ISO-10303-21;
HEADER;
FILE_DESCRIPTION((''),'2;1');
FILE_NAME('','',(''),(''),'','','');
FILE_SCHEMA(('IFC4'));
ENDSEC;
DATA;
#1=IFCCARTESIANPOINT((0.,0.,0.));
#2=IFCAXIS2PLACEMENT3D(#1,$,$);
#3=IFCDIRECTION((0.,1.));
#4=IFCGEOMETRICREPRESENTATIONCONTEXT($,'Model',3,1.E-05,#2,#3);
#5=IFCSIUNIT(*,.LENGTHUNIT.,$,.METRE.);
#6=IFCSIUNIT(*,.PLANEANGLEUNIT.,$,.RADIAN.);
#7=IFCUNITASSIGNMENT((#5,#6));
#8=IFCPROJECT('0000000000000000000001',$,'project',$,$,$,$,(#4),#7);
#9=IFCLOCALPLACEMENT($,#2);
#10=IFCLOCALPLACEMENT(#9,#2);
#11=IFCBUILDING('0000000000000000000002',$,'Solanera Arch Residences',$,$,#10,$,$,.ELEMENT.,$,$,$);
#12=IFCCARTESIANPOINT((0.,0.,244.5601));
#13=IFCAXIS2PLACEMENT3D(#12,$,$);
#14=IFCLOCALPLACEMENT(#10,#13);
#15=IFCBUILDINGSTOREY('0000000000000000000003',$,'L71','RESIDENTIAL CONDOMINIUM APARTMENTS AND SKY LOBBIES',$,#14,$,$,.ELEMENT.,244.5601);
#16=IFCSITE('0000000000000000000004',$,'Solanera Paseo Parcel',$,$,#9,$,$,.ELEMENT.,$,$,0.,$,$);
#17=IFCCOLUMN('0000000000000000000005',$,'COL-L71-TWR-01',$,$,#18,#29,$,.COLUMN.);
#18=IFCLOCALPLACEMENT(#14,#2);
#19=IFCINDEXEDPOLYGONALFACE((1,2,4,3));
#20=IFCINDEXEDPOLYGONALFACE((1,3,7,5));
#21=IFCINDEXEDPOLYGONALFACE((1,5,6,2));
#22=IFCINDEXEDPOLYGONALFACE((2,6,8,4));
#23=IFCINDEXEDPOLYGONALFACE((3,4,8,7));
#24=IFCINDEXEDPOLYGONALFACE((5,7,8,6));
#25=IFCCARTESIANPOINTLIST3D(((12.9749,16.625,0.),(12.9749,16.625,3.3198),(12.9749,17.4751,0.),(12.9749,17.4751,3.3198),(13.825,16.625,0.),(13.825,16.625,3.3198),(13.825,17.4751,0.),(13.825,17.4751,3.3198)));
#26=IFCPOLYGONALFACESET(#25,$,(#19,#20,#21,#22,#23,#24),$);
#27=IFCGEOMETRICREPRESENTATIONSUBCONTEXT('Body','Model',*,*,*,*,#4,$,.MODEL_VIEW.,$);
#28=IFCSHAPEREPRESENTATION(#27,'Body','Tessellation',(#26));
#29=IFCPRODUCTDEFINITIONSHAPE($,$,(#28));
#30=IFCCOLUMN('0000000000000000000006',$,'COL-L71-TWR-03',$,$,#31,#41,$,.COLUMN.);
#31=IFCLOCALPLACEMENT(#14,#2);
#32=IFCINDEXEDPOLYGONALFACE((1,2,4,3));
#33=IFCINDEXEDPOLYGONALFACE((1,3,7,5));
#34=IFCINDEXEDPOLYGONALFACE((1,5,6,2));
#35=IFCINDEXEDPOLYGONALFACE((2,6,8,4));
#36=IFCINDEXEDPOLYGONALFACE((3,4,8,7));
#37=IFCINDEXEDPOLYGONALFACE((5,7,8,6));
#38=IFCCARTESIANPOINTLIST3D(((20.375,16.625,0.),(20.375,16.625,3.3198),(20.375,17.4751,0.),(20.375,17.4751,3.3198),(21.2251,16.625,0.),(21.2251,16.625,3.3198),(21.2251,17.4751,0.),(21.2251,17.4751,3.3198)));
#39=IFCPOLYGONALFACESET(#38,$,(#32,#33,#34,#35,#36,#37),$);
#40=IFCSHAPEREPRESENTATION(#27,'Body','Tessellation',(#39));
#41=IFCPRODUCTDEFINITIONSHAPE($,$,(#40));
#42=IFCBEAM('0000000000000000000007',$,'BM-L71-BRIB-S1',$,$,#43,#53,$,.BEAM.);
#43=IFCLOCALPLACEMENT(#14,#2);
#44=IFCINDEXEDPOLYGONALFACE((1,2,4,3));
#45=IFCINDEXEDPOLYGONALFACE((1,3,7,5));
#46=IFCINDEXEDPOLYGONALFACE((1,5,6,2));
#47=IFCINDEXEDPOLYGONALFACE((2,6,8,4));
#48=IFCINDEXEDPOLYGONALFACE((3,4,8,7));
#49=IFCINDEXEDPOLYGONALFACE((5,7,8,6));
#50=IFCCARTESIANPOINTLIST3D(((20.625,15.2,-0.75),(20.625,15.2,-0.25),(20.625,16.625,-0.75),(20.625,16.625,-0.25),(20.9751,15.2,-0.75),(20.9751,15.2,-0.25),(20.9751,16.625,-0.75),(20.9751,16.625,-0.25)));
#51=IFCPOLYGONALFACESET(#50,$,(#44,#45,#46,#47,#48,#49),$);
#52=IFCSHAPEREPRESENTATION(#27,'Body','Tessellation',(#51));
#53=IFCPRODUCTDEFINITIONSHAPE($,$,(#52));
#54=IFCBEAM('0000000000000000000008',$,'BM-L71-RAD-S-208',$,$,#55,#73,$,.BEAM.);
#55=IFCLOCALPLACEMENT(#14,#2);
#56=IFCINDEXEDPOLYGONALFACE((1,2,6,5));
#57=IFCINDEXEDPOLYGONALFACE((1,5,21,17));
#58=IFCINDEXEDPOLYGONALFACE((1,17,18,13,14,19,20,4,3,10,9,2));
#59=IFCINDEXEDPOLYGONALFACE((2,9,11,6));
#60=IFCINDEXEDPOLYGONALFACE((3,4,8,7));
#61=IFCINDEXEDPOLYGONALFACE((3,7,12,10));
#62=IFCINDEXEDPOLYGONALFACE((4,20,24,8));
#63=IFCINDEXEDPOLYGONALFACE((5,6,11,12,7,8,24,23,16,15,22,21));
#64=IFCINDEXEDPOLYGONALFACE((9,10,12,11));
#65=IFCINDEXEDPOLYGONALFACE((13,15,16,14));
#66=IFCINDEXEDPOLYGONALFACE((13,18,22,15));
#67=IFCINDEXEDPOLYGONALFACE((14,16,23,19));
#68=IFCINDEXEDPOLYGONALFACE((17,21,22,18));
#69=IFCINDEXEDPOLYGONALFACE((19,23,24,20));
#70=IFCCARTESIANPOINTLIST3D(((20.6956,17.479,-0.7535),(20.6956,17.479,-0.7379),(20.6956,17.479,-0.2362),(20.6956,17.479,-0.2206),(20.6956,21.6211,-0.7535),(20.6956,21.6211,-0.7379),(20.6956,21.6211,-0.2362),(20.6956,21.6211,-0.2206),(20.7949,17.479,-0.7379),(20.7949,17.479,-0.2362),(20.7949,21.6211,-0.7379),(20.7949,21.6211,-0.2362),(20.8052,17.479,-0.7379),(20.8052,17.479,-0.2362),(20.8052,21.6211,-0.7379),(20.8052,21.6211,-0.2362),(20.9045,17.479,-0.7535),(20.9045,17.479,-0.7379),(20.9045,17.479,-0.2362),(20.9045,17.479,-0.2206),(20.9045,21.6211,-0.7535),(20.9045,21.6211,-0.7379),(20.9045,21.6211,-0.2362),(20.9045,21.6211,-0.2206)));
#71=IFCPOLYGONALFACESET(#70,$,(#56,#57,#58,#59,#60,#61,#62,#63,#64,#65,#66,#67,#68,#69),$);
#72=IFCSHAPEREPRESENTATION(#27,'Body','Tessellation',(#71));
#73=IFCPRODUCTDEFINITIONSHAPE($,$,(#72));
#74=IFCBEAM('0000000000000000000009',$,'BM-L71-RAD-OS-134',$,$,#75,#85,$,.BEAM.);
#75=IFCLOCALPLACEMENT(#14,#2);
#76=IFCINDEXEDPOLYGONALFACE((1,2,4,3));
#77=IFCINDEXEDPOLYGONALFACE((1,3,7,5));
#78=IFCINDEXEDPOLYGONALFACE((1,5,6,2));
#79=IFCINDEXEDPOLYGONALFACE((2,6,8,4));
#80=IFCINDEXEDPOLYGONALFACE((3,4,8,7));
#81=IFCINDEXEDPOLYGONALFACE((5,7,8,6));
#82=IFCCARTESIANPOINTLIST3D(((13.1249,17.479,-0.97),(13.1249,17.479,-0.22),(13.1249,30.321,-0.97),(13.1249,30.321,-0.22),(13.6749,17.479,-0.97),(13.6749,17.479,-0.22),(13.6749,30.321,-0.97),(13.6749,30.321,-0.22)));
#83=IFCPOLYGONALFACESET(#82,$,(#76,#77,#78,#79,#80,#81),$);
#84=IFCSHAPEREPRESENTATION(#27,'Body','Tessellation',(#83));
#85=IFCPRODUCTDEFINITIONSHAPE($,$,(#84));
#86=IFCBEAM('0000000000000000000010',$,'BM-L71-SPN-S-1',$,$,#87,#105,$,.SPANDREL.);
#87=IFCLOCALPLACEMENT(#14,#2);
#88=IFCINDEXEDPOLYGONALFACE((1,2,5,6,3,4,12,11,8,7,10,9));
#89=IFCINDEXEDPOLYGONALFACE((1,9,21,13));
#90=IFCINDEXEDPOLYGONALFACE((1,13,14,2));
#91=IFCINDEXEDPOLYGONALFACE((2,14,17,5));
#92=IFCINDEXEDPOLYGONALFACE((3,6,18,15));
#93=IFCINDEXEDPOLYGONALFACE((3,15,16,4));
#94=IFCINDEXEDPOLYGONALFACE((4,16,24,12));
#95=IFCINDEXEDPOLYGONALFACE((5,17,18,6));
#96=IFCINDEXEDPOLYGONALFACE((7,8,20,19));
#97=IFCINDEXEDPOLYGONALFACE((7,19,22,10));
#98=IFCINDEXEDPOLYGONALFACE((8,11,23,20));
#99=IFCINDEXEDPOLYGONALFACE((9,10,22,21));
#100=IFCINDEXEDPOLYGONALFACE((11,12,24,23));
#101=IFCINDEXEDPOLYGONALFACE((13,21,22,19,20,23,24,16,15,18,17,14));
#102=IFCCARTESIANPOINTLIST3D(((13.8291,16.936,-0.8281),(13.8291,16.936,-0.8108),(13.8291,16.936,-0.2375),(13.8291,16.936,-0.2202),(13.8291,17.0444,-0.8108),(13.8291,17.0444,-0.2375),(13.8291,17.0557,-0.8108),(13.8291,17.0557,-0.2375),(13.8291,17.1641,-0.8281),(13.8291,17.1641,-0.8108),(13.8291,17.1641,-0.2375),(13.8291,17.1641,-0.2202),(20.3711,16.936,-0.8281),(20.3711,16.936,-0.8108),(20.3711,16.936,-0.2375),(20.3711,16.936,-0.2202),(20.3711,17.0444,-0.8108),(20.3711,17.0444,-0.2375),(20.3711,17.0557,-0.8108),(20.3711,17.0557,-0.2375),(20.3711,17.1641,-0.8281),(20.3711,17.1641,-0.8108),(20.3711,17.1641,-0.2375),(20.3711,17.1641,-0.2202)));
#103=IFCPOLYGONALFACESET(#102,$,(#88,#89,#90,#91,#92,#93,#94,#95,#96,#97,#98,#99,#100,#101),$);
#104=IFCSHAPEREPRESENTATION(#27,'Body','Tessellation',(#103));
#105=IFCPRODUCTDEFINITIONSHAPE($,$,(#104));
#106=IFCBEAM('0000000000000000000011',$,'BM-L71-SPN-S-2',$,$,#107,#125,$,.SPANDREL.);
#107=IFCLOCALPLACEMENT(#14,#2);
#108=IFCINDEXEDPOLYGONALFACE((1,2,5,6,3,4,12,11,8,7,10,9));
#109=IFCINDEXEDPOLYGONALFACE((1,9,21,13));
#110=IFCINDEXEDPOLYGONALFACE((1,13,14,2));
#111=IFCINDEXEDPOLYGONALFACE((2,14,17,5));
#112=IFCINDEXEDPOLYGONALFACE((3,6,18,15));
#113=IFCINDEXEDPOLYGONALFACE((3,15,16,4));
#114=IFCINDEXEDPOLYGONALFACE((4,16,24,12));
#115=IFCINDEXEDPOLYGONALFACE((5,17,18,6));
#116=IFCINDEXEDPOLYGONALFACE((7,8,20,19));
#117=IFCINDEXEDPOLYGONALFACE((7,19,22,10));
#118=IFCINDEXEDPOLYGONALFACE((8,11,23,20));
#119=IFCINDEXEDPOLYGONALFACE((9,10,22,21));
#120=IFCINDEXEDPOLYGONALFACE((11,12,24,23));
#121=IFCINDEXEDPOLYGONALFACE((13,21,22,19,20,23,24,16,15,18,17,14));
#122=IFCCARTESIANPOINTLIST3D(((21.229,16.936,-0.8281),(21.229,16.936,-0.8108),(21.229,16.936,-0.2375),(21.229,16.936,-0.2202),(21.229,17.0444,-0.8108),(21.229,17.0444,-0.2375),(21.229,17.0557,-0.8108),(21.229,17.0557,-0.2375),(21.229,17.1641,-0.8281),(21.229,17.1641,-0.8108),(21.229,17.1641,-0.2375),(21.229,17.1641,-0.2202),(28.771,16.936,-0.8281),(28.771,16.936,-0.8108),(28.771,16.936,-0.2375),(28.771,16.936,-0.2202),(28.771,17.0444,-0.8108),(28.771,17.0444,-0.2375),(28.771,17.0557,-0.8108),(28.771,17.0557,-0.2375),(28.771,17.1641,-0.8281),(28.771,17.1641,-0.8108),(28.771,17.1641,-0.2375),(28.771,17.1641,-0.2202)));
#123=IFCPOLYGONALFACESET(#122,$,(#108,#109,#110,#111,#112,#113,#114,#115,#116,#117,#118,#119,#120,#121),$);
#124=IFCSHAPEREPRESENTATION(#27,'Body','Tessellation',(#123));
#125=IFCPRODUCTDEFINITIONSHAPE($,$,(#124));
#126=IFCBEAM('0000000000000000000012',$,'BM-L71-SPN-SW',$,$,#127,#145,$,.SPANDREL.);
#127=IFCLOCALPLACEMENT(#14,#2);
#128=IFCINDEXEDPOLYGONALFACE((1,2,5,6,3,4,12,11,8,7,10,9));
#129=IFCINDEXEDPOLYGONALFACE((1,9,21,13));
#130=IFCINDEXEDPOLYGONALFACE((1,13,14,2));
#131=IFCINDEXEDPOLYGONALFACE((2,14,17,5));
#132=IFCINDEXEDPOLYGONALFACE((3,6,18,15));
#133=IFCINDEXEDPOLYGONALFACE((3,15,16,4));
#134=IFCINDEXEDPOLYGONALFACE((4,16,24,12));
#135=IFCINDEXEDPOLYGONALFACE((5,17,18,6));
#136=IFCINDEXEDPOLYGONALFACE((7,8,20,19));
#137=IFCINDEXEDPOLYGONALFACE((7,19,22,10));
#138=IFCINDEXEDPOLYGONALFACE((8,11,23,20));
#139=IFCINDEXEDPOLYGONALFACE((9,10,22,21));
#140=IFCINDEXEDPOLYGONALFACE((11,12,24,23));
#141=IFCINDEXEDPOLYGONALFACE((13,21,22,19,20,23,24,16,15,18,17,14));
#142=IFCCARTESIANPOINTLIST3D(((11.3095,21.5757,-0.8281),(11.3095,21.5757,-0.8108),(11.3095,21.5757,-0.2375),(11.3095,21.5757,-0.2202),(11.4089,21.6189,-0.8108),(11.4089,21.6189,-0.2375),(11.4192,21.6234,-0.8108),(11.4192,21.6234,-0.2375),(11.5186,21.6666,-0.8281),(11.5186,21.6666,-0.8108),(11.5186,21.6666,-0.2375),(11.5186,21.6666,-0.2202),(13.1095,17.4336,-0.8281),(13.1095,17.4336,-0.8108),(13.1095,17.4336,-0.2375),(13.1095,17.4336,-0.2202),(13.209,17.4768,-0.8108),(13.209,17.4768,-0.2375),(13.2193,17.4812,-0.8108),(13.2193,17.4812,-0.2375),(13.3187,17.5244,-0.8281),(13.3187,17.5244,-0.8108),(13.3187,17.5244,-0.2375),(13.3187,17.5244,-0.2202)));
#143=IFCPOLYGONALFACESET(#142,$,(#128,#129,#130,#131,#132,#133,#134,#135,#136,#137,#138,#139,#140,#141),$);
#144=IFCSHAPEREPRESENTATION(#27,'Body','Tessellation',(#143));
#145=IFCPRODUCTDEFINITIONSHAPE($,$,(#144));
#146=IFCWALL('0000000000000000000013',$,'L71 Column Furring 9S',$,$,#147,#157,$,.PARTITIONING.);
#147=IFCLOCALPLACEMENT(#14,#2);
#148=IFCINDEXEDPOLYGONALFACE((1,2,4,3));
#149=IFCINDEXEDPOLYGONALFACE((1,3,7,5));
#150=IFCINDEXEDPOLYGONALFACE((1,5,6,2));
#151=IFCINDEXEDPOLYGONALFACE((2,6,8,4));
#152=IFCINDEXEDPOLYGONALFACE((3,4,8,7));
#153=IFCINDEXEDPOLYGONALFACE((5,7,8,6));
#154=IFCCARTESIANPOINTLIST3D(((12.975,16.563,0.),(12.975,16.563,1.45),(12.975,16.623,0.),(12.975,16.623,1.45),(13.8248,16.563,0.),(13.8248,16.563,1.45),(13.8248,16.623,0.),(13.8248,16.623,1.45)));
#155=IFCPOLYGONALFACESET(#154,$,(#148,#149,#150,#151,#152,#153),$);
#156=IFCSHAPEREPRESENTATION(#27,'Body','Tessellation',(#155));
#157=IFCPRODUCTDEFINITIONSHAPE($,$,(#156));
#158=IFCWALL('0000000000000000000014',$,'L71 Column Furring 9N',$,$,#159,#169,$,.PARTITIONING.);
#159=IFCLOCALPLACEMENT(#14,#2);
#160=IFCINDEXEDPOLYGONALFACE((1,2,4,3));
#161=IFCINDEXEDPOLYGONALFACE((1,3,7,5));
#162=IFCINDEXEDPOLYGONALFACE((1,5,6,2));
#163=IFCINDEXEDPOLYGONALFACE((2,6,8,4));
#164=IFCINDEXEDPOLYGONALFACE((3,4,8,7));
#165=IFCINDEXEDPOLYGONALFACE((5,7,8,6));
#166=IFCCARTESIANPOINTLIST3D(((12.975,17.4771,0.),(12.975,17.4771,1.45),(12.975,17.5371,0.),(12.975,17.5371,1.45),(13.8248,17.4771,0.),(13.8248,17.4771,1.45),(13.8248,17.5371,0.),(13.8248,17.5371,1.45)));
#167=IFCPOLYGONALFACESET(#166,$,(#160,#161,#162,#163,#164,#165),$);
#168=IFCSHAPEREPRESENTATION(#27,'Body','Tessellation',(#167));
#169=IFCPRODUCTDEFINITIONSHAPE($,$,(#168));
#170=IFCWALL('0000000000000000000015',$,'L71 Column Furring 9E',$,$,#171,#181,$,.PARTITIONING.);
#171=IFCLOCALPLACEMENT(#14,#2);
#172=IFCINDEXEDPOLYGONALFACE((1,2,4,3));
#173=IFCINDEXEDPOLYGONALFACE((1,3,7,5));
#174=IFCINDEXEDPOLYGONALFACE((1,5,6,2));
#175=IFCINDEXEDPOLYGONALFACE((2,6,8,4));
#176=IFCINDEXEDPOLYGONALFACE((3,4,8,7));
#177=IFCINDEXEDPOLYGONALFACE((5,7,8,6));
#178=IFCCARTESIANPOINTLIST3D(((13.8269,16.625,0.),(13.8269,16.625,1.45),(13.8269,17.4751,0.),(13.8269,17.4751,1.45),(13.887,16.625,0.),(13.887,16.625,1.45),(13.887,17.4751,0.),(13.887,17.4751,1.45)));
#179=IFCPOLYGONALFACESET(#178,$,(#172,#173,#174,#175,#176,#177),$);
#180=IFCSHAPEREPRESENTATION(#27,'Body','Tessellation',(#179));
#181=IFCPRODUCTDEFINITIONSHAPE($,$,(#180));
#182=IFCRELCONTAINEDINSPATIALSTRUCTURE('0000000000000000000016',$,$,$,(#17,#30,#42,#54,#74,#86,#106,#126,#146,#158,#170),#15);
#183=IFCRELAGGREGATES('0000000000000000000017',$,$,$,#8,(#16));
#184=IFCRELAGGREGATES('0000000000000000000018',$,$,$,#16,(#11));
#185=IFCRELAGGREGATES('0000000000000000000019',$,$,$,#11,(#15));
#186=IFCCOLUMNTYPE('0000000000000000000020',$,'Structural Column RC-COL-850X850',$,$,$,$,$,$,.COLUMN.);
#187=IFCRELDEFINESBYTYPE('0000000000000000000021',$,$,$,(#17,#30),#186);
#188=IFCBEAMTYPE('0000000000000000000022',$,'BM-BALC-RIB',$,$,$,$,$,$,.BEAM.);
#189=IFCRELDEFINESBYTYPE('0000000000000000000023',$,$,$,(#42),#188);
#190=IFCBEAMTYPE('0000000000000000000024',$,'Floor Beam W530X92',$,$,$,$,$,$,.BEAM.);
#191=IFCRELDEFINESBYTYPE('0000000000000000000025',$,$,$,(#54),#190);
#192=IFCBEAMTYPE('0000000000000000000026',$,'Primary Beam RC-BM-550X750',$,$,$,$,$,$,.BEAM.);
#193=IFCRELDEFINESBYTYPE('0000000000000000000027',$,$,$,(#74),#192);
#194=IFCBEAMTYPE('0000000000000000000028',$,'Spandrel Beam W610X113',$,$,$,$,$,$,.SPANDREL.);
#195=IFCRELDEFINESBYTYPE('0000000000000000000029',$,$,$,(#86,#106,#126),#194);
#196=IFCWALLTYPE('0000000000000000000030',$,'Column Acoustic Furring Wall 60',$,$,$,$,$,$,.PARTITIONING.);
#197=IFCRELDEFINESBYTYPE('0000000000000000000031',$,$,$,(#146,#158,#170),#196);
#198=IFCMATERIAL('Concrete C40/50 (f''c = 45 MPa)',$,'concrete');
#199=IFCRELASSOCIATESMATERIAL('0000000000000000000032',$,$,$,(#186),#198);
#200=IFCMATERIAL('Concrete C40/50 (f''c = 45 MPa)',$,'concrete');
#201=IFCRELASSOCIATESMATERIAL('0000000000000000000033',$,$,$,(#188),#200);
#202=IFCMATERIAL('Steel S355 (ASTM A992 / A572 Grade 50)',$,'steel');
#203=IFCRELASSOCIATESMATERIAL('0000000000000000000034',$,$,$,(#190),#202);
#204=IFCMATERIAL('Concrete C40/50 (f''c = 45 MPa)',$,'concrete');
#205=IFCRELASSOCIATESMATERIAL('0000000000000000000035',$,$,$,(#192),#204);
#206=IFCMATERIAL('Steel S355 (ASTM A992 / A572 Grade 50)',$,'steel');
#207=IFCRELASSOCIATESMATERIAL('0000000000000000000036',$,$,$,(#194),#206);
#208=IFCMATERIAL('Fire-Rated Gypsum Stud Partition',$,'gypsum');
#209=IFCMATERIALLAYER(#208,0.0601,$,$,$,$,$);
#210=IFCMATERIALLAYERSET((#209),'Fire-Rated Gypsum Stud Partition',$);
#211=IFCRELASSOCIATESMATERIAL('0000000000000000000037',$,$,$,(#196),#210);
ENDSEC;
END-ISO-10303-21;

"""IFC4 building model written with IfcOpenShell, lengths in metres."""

from ifc_helpers import new_model, si_unit, direction, frame, frame_2d, origin, origin_2d, place, context, subcontext, project, spatial, rectangle, i_section, extrude, material, layer, layer_set, material_profile, profile_set, type_object, element, save


model = new_model("IFC4")

# Units and contexts
model_context = context("Model", 3, precision=1e-05, world=origin(), true_north=direction((0.0, 1.0)))
body_context = subcontext(model_context, "Body", "Model", "MODEL_VIEW")
ifc_project = project(units=[si_unit("LENGTHUNIT", "METRE"), si_unit("PLANEANGLEUNIT", "RADIAN")], contexts=[model_context])

# Site, building, storey
site_placement = place(None, origin())
site = spatial("IfcSite", under=ifc_project, at=site_placement, Name="Solanera Paseo Parcel", CompositionType="ELEMENT", RefElevation=0.0)
building_placement = place(site_placement, origin())
building = spatial("IfcBuilding", under=site, at=building_placement, Name="Solanera Arch Residences", CompositionType="ELEMENT")
storey_placement = place(building_placement, frame((0.0, 0.0, 244.5601)))
storey = spatial("IfcBuildingStorey", under=building, at=storey_placement, Name="L71", Description="RESIDENTIAL CONDOMINIUM APARTMENTS AND SKY LOBBIES", CompositionType="ELEMENT", Elevation=244.5601)

# Columns
ifc_material_1 = material(Name="Concrete C40/50 (f'c = 45 MPa)", Category="concrete")
ifc_material_profile_1 = material_profile(ifc_material_1, rectangle(XDim=0.8501, YDim=0.8501, at=origin_2d()))
ifc_profile_set_1 = profile_set([ifc_material_profile_1], Name="Concrete C40/50 (f'c = 45 MPa)")
column_type = type_object("IfcColumnType", Name="Structural Column RC-COL-850X850", PredefinedType="COLUMN", material=ifc_profile_set_1)
for number, where, z_axis, x_axis, name in (
    (1, (13.3999, 17.05, 0.0), (0.0, 0.0, 1.0), (1.0, 0.0, 0.0), "COL-L71-TWR-01"),
    (2, (20.8, 17.05, 0.0), (0.0, 0.0, 1.0), (1.0, 0.0, 0.0), "COL-L71-TWR-03"),
):
    element("IfcColumn", number, at=place(storey_placement, frame(where, z_axis=z_axis, x_axis=x_axis)), inside=storey, type_object=column_type, Name=name, PredefinedType="COLUMN", context=body_context, shape_type="SweptSolid", body=[
        extrude(rectangle(XDim=0.8501, YDim=0.8501, at=origin_2d()), origin(), (0.0, 0.0, 1.0), 3.3198),
    ])

# Beams
ifc_material_2 = material(Name="Concrete C40/50 (f'c = 45 MPa)", Category="concrete")
ifc_material_profile_2 = material_profile(ifc_material_2, rectangle(XDim=0.3501, YDim=0.5, at=origin_2d()))
ifc_profile_set_2 = profile_set([ifc_material_profile_2], Name="Concrete C40/50 (f'c = 45 MPa)")
beam_type_1 = type_object("IfcBeamType", Name="BM-BALC-RIB", PredefinedType="BEAM", material=ifc_profile_set_2)
beam_1_placement = place(storey_placement, frame((20.8, 15.2, -0.5), z_axis=(0.0, 1.0, 0.0), x_axis=(-1.0, 0.0, 0.0)))
element("IfcBeam", 3, at=beam_1_placement, inside=storey, type_object=beam_type_1, Name="BM-L71-BRIB-S1", PredefinedType="BEAM", context=body_context, shape_type="SweptSolid", body=[
    extrude(rectangle(XDim=0.3501, YDim=0.5, at=origin_2d()), origin(), (0.0, 0.0, 1.0), 1.425),
])
ifc_material_3 = material(Name="Steel S355 (ASTM A992 / A572 Grade 50)", Category="steel")
ifc_material_profile_3 = material_profile(ifc_material_3, i_section(OverallWidth=0.209, OverallDepth=0.533, WebThickness=0.0103, FlangeThickness=0.0156, at=origin_2d()))
ifc_profile_set_3 = profile_set([ifc_material_profile_3], Name="Steel S355 (ASTM A992 / A572 Grade 50)")
beam_type_2 = type_object("IfcBeamType", Name="Floor Beam W530X92", PredefinedType="BEAM", material=ifc_profile_set_3)
beam_2_placement = place(storey_placement, frame((20.8, 17.479, -0.4871), z_axis=(0.0, 1.0, 0.0), x_axis=(-1.0, 0.0, 0.0)))
element("IfcBeam", 4, at=beam_2_placement, inside=storey, type_object=beam_type_2, Name="BM-L71-RAD-S-208", PredefinedType="BEAM", context=body_context, shape_type="SweptSolid", body=[
    extrude(i_section(OverallWidth=0.209, OverallDepth=0.533, WebThickness=0.0103, FlangeThickness=0.0156, at=origin_2d()), origin(), (0.0, 0.0, 1.0), 4.1421),
])
ifc_material_4 = material(Name="Concrete C40/50 (f'c = 45 MPa)", Category="concrete")
ifc_material_profile_4 = material_profile(ifc_material_4, rectangle(XDim=0.55, YDim=0.75, at=origin_2d()))
ifc_profile_set_4 = profile_set([ifc_material_profile_4], Name="Concrete C40/50 (f'c = 45 MPa)")
beam_type_3 = type_object("IfcBeamType", Name="Primary Beam RC-BM-550X750", PredefinedType="BEAM", material=ifc_profile_set_4)
beam_3_placement = place(storey_placement, frame((13.3999, 17.479, -0.595), z_axis=(0.0, 1.0, 0.0), x_axis=(-1.0, 0.0, 0.0)))
element("IfcBeam", 5, at=beam_3_placement, inside=storey, type_object=beam_type_3, Name="BM-L71-RAD-OS-134", PredefinedType="BEAM", context=body_context, shape_type="SweptSolid", body=[
    extrude(rectangle(XDim=0.55, YDim=0.75, at=origin_2d()), origin(), (0.0, 0.0, 1.0), 12.842),
])
ifc_material_5 = material(Name="Steel S355 (ASTM A992 / A572 Grade 50)", Category="steel")
ifc_material_profile_5 = material_profile(ifc_material_5, i_section(OverallWidth=0.228, OverallDepth=0.6079, WebThickness=0.0112, FlangeThickness=0.0173, at=origin_2d()))
ifc_profile_set_5 = profile_set([ifc_material_profile_5], Name="Steel S355 (ASTM A992 / A572 Grade 50)")
beam_type_4 = type_object("IfcBeamType", Name="Spandrel Beam W610X113", PredefinedType="SPANDREL", material=ifc_profile_set_5)
beam_4_placement = place(storey_placement, frame((13.8291, 17.05, -0.5242), z_axis=(1.0, 0.0, 0.0), x_axis=(0.0, 1.0, 0.0)))
element("IfcBeam", 6, at=beam_4_placement, inside=storey, type_object=beam_type_4, Name="BM-L71-SPN-S-1", PredefinedType="SPANDREL", context=body_context, shape_type="SweptSolid", body=[
    extrude(i_section(OverallWidth=0.228, OverallDepth=0.6079, WebThickness=0.0112, FlangeThickness=0.0173, at=origin_2d()), origin(), (0.0, 0.0, 1.0), 6.542),
])
beam_5_placement = place(storey_placement, frame((21.229, 17.05, -0.5242), z_axis=(1.0, 0.0, 0.0), x_axis=(0.0, 1.0, 0.0)))
element("IfcBeam", 7, at=beam_5_placement, inside=storey, type_object=beam_type_4, Name="BM-L71-SPN-S-2", PredefinedType="SPANDREL", context=body_context, shape_type="SweptSolid", body=[
    extrude(i_section(OverallWidth=0.228, OverallDepth=0.6079, WebThickness=0.0112, FlangeThickness=0.0173, at=origin_2d()), origin(), (0.0, 0.0, 1.0), 7.542),
])
beam_6_placement = place(storey_placement, frame((13.2141, 17.479, -0.5242), z_axis=(-0.398566, 0.91714, 0.0), x_axis=(-0.91714, -0.398566, 0.0)))
element("IfcBeam", 8, at=beam_6_placement, inside=storey, type_object=beam_type_4, Name="BM-L71-SPN-SW", PredefinedType="SPANDREL", context=body_context, shape_type="SweptSolid", body=[
    extrude(i_section(OverallWidth=0.228, OverallDepth=0.6079, WebThickness=0.0112, FlangeThickness=0.0173, at=origin_2d()), origin(), (0.0, 0.0, 1.0), 4.5164),
])

# Walls
ifc_material_6 = material(Name="Fire-Rated Gypsum Stud Partition", Category="gypsum")
ifc_layer_1 = layer(ifc_material_6, 0.0601)
ifc_layer_set_1 = layer_set([ifc_layer_1], Name="Fire-Rated Gypsum Stud Partition")
wall_type_1 = type_object("IfcWallType", Name="Column Acoustic Furring Wall 60", PredefinedType="PARTITIONING", material=ifc_layer_set_1)
for number, where, z_axis, x_axis, name in (
    (9, (12.9751, 16.593, 0.0), (0.0, 0.0, 1.0), (1.0, 0.0, 0.0), "L71 Column Furring 9S"),
    (10, (12.9751, 17.5071, 0.0), (0.0, 0.0, 1.0), (1.0, 0.0, 0.0), "L71 Column Furring 9N"),
):
    element("IfcWall", number, at=place(storey_placement, frame(where, z_axis=z_axis, x_axis=x_axis)), inside=storey, type_object=wall_type_1, Name=name, PredefinedType="PARTITIONING", context=body_context, shape_type="SweptSolid", body=[
        extrude(rectangle(XDim=0.8499, YDim=0.0601, at=frame_2d((0.4248, 0.0))), origin(), (0.0, 0.0, 1.0), 1.45),
    ])
for number, where, z_axis, x_axis, name in (
    (11, (13.8569, 16.625, 0.0), (0.0, 0.0, 1.0), (0.0, 1.0, 0.0), "L71 Column Furring 9E"),
):
    element("IfcWall", number, at=place(storey_placement, frame(where, z_axis=z_axis, x_axis=x_axis)), inside=storey, type_object=wall_type_1, Name=name, PredefinedType="PARTITIONING", context=body_context, shape_type="SweptSolid", body=[
        extrude(rectangle(XDim=0.8501, YDim=0.0601, at=frame_2d((0.425, 0.0))), origin(), (0.0, 0.0, 1.0), 1.45),
    ])

save(model, "model.ifc")
